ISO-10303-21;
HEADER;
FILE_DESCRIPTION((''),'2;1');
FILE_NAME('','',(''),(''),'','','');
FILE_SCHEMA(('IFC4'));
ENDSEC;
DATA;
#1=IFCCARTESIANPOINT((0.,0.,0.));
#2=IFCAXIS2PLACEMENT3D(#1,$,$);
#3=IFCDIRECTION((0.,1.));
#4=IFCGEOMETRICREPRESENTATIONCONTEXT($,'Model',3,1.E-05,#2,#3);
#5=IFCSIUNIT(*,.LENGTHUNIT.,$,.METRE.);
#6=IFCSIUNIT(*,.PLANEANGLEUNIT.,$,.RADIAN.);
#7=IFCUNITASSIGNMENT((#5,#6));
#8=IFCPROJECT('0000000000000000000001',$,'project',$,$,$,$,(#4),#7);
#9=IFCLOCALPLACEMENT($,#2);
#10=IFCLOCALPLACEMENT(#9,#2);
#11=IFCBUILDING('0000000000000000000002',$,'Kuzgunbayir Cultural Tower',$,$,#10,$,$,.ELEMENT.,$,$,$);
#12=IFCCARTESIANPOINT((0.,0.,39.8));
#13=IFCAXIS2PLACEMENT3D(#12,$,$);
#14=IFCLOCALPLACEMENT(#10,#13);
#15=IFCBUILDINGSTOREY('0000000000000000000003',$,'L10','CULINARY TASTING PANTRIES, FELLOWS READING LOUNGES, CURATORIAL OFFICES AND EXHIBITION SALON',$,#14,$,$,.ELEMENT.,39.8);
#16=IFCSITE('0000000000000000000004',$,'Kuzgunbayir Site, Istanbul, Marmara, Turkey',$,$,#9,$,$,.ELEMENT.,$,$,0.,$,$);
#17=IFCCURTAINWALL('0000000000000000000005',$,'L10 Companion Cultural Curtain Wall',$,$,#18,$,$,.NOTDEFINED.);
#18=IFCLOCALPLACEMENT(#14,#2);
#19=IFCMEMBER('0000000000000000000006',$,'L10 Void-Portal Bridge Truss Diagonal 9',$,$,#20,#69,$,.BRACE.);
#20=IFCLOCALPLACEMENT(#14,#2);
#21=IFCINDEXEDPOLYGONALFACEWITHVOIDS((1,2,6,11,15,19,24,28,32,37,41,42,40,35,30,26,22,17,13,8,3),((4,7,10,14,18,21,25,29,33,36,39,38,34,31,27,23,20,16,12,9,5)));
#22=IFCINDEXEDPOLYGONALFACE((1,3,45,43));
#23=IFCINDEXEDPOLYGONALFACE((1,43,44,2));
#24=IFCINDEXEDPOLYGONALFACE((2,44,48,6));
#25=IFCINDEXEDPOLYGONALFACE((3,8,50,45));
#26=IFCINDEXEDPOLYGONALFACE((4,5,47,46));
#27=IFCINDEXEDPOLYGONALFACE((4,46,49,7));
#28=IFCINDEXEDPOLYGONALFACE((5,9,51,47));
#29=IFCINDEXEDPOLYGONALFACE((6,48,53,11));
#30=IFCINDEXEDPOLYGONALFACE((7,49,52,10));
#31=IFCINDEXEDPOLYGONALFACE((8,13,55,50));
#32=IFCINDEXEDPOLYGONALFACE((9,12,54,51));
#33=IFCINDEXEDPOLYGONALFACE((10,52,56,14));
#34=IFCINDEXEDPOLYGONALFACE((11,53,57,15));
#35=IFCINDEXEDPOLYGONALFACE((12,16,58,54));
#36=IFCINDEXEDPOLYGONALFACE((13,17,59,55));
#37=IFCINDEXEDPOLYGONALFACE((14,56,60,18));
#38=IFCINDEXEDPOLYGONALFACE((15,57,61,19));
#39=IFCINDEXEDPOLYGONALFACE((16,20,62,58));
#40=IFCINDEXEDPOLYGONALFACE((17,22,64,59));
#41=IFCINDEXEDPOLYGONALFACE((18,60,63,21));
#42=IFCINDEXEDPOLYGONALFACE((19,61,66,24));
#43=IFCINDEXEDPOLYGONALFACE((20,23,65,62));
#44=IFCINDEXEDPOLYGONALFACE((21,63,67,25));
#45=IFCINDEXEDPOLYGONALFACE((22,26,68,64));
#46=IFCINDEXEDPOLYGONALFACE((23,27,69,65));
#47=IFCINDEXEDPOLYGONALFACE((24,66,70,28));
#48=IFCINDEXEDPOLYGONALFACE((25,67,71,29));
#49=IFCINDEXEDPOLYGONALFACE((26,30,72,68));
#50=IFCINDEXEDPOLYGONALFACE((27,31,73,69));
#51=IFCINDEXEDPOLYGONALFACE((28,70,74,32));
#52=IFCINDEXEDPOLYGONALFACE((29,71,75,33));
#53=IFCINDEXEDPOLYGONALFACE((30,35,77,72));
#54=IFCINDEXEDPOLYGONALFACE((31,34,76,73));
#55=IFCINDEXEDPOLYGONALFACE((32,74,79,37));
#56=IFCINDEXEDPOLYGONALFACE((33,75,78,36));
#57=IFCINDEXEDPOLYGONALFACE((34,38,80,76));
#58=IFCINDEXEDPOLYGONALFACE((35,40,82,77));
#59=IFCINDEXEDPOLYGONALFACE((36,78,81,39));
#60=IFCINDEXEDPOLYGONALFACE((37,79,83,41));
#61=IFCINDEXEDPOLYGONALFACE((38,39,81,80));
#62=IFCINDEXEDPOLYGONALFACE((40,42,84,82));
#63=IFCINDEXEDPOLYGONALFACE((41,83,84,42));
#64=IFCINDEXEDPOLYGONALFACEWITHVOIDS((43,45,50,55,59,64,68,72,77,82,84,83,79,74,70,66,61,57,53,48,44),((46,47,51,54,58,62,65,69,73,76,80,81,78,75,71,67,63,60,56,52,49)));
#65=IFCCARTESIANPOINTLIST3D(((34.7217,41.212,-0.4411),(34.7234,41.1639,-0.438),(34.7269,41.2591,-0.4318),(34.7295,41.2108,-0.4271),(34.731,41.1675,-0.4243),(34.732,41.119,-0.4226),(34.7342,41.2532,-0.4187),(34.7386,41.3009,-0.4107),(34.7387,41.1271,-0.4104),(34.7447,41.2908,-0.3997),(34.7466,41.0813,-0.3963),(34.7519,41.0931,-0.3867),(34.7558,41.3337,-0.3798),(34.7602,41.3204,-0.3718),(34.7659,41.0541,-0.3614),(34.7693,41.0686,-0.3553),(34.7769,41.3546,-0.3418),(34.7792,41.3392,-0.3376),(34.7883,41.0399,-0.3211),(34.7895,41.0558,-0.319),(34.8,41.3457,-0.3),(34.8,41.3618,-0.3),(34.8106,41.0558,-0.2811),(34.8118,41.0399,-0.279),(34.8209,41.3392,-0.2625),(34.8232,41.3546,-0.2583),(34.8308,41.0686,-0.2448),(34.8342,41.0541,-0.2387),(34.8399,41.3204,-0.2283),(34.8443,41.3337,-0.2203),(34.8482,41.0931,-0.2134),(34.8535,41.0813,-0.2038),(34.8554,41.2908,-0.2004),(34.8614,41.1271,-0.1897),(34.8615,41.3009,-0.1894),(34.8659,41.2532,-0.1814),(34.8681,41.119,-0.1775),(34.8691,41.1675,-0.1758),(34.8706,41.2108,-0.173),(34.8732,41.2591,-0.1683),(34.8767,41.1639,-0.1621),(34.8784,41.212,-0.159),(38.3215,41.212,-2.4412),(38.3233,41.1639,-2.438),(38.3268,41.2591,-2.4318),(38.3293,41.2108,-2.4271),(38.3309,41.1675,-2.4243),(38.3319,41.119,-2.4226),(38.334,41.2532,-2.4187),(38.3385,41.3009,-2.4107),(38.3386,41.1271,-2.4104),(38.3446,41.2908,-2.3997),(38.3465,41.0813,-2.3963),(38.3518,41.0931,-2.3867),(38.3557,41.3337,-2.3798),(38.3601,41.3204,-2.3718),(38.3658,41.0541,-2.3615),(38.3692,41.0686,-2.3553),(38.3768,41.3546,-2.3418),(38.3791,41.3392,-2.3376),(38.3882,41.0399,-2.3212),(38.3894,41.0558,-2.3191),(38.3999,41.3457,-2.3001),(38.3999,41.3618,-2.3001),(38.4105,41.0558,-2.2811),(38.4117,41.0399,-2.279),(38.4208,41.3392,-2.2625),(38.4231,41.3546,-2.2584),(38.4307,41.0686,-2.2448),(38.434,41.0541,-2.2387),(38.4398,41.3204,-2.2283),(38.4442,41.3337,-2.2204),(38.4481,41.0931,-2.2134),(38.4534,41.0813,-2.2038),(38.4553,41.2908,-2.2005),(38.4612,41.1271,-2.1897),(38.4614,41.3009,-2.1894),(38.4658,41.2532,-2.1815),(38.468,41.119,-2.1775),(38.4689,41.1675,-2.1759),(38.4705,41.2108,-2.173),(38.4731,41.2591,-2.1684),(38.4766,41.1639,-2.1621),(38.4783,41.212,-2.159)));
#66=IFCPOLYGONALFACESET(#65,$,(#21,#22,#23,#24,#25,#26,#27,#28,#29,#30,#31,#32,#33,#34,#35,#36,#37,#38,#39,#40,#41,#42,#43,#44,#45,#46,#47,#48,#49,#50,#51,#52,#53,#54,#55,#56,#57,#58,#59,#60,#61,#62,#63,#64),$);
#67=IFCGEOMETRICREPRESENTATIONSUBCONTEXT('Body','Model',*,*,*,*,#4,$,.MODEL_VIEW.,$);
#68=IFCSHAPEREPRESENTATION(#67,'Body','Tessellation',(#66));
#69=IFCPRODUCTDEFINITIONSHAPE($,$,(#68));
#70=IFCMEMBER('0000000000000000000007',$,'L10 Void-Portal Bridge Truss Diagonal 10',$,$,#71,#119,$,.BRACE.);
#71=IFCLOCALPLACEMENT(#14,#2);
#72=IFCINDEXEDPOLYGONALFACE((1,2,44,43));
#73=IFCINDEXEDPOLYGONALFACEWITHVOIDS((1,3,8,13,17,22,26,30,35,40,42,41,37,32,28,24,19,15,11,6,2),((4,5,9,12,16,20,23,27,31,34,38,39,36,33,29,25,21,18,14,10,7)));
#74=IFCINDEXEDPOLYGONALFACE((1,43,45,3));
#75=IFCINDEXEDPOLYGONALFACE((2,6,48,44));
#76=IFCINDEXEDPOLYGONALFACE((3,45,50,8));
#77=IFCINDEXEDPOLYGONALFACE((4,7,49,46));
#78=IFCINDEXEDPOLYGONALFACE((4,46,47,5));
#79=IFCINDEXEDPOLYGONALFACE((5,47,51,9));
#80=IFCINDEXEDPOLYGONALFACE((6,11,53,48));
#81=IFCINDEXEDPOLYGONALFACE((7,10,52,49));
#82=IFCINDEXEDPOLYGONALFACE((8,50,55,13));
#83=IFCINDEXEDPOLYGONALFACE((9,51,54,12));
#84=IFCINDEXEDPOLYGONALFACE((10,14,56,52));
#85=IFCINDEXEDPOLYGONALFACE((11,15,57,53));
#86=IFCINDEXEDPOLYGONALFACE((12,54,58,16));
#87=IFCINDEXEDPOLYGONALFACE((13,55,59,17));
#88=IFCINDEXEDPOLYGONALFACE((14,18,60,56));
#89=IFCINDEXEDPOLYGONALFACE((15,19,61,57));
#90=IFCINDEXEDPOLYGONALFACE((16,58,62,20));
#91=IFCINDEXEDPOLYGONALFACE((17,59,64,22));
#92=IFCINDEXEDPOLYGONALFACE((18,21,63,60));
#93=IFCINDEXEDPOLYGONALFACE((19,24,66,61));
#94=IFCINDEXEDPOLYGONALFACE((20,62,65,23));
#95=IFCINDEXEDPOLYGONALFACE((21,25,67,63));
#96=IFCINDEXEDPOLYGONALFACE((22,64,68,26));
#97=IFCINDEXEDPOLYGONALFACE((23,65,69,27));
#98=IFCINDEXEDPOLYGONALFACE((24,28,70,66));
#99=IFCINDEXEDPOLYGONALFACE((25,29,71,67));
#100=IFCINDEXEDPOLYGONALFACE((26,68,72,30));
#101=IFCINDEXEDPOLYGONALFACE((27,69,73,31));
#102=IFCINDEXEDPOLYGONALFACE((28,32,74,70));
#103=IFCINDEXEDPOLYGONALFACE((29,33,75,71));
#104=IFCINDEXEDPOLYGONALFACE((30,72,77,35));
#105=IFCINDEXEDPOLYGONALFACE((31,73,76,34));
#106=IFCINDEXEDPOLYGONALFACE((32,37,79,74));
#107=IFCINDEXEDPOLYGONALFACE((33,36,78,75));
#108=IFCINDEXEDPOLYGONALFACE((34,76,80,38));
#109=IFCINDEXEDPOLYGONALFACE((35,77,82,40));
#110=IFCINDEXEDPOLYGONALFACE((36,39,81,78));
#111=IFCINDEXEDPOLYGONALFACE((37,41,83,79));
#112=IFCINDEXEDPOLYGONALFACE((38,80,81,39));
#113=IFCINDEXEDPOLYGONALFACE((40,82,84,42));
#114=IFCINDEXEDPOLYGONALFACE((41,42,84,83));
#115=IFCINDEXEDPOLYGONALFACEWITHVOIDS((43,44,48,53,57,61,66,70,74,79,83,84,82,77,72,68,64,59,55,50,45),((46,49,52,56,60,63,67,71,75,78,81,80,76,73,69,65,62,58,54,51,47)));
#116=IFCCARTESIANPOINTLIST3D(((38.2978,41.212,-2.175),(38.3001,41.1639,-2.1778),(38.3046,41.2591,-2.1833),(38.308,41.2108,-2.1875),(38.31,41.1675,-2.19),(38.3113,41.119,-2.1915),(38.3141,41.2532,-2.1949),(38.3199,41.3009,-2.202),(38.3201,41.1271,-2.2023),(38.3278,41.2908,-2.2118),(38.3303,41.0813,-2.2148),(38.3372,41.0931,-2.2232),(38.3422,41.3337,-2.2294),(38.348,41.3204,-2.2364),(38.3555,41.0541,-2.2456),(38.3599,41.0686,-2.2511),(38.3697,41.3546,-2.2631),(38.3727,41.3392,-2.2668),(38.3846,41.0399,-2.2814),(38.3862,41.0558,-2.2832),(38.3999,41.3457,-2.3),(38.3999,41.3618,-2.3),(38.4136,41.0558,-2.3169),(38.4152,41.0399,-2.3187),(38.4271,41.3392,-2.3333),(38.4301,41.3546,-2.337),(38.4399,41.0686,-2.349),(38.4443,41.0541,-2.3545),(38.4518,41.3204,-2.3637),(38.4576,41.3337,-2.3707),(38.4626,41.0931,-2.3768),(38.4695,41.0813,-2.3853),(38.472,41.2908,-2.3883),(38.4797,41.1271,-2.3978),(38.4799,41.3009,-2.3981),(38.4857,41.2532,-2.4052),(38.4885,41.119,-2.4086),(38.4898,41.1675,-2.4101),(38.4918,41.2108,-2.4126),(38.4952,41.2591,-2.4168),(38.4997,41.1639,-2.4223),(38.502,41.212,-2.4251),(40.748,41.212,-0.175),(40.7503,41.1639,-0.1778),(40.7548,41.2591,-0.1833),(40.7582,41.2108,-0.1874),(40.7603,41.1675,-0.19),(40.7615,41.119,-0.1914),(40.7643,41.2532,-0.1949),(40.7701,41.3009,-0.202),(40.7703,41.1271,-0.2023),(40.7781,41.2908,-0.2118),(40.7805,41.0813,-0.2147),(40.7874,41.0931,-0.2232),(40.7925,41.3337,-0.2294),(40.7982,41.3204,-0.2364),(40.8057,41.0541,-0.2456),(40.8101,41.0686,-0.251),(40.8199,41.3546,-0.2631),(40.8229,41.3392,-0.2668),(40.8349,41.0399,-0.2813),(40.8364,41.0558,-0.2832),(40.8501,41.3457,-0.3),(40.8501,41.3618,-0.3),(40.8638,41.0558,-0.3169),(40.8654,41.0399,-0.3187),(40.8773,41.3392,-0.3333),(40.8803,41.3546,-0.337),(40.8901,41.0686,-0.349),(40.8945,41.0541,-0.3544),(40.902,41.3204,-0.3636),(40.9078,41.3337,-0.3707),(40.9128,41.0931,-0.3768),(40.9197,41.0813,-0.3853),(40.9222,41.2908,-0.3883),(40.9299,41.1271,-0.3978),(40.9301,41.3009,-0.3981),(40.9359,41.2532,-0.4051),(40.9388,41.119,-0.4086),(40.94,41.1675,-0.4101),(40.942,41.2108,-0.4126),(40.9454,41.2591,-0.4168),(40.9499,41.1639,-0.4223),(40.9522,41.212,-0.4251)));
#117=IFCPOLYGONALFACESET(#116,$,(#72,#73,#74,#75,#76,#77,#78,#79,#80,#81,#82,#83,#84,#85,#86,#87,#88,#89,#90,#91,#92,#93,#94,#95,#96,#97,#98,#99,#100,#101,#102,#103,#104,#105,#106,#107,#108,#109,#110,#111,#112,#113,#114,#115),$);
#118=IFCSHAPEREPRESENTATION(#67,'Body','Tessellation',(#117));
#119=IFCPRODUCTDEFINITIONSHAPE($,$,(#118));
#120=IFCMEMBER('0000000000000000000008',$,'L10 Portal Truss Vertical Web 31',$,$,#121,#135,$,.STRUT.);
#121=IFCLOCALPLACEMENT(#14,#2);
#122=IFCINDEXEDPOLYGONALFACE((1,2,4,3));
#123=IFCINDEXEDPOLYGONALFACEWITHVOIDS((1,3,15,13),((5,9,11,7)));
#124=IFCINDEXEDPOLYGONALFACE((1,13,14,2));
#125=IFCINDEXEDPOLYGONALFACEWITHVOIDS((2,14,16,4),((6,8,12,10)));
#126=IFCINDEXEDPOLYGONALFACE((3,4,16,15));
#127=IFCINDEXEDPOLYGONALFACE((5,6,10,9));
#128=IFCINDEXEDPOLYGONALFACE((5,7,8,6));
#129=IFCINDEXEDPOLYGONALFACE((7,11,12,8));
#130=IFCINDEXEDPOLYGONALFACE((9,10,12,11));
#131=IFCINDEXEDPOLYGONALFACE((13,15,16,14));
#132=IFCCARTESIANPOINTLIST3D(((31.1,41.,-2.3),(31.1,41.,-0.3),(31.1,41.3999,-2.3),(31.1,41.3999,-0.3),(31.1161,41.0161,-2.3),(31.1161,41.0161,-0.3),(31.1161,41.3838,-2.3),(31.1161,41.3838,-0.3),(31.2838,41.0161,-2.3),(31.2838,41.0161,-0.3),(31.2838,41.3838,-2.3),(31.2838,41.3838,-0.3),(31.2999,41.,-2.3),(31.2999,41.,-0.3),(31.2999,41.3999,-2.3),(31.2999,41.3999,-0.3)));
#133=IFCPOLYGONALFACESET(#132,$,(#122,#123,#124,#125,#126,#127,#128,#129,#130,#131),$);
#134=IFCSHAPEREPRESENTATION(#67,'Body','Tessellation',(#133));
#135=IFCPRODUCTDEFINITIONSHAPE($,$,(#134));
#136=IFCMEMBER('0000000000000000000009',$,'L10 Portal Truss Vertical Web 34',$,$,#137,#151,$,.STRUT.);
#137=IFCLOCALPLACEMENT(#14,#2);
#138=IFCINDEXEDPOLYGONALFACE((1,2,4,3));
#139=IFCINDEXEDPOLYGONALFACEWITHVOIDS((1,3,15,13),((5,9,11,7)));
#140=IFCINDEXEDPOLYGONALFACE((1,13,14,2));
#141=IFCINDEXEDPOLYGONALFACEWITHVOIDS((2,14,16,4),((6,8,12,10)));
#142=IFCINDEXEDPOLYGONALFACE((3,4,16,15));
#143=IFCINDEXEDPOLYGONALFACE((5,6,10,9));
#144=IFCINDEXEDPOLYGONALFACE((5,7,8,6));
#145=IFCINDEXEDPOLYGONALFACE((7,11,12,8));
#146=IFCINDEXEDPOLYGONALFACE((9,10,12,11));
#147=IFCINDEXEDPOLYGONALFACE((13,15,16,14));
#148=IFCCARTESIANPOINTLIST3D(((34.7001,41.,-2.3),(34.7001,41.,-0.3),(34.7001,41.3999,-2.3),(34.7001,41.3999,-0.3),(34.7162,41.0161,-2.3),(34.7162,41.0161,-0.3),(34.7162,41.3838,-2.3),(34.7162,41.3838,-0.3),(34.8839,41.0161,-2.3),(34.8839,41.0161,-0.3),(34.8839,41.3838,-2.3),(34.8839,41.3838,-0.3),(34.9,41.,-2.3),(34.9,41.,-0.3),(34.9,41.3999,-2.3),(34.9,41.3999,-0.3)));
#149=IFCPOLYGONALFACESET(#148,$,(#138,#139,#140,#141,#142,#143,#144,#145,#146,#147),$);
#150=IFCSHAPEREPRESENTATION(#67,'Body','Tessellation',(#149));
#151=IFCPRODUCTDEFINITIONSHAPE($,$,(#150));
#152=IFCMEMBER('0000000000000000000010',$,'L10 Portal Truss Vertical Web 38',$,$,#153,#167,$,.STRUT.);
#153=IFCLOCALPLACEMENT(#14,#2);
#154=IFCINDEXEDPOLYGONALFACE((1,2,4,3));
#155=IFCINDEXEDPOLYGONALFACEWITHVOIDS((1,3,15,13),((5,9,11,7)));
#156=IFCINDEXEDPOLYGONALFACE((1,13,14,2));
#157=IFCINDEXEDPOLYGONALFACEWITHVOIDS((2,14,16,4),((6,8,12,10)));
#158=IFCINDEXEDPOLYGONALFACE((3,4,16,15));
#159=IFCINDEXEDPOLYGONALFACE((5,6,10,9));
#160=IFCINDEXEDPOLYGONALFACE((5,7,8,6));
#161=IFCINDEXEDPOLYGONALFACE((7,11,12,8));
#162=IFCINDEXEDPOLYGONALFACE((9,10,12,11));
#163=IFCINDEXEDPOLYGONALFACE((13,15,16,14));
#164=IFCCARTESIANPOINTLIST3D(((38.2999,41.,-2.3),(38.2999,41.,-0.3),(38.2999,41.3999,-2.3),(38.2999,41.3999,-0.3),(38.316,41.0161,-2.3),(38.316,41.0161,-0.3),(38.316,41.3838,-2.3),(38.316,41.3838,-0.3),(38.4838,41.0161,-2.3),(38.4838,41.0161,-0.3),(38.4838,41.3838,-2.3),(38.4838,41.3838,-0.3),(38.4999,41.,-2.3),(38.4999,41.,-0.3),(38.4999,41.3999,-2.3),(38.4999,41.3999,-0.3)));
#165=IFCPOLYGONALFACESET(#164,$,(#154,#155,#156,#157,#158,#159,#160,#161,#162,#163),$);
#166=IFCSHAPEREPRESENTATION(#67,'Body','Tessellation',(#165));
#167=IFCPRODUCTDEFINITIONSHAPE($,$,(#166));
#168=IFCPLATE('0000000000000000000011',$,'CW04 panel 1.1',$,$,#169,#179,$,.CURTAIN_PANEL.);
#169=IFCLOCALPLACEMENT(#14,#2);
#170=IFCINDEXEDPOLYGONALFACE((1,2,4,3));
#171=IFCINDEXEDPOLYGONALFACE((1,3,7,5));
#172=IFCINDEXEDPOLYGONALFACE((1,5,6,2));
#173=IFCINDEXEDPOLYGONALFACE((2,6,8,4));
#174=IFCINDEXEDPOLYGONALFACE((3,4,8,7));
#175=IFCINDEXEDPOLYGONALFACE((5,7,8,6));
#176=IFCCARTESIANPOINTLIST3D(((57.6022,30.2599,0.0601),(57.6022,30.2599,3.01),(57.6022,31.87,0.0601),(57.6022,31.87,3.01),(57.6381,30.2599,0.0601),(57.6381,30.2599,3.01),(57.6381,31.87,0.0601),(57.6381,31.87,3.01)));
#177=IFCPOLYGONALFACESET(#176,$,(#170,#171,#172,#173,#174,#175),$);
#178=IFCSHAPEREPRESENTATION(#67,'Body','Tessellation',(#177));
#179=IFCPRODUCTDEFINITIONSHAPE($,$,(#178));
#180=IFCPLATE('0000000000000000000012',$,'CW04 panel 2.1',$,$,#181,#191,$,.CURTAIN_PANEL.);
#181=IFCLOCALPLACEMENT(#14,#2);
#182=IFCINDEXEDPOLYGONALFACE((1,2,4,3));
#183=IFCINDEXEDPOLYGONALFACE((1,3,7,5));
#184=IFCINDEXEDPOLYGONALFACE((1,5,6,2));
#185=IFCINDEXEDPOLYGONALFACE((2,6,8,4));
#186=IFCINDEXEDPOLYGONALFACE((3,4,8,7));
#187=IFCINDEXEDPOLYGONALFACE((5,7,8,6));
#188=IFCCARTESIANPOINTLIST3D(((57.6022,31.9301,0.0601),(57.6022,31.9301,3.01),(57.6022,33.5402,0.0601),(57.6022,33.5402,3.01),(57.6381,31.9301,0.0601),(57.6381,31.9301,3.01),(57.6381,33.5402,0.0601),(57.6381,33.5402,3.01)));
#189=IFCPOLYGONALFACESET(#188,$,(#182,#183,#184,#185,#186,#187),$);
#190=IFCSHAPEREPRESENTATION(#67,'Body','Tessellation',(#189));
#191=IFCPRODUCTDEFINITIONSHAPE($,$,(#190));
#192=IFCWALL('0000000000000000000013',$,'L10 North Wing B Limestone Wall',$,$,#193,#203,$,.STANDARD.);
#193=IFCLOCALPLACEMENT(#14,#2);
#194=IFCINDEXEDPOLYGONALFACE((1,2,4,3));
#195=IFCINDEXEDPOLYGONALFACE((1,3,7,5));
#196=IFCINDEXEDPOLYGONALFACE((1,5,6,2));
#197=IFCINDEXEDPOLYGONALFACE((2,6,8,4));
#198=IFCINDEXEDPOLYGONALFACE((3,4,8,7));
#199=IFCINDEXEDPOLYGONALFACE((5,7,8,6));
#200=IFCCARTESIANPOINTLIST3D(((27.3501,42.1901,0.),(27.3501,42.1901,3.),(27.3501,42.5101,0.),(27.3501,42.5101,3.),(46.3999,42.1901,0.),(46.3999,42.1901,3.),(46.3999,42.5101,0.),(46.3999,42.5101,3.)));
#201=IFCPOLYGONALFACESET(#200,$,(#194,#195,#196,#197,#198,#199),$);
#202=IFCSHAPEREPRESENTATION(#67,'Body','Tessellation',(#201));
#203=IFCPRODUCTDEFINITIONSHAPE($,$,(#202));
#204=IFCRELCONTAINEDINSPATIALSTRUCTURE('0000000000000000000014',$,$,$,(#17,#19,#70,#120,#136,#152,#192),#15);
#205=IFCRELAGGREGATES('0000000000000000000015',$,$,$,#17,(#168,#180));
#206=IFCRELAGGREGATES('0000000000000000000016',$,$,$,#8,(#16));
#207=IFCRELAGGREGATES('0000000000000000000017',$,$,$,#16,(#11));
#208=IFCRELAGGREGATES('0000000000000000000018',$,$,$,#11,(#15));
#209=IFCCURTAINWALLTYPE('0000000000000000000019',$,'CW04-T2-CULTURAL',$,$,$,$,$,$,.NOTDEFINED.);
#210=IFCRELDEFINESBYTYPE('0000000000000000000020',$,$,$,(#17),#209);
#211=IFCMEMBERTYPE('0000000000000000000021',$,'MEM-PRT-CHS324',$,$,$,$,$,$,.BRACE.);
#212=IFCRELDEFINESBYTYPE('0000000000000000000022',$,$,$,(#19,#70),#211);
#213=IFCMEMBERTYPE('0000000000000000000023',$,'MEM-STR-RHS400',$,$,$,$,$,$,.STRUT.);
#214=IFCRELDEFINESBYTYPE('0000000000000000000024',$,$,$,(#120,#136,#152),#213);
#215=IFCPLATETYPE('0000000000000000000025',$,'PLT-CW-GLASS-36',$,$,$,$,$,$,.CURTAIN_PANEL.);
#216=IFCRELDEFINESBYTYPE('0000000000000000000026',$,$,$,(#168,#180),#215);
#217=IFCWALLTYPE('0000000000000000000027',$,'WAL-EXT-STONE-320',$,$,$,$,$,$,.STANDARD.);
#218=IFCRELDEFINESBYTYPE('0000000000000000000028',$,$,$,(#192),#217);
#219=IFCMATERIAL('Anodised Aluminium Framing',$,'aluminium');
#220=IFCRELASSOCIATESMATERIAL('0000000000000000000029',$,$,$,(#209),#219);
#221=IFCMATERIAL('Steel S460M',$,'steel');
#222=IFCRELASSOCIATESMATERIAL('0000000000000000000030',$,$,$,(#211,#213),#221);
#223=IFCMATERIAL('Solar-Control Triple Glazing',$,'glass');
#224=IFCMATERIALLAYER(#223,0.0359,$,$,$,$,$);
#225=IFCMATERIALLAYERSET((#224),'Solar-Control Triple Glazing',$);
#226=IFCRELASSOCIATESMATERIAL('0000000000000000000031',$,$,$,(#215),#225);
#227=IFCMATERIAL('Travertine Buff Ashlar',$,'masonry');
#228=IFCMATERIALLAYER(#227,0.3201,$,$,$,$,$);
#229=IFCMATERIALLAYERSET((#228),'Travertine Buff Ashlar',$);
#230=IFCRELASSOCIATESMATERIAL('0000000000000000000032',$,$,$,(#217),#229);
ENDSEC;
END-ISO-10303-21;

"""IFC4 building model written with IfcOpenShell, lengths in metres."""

from ifc_helpers import new_model, si_unit, direction, frame, frame_2d, origin, origin_2d, place, context, subcontext, project, spatial, rectangle, hollow_rectangle, hollow_circle, extrude, material, layer, layer_set, material_profile, profile_set, type_object, element, aggregate, save


model = new_model("IFC4")

# Units and contexts
model_context = context("Model", 3, precision=1e-05, world=origin(), true_north=direction((0.0, 1.0)))
body_context = subcontext(model_context, "Body", "Model", "MODEL_VIEW")
ifc_project = project(units=[si_unit("LENGTHUNIT", "METRE"), si_unit("PLANEANGLEUNIT", "RADIAN")], contexts=[model_context])

# Site, building, storey
site_placement = place(None, origin())
site = spatial("IfcSite", under=ifc_project, at=site_placement, Name="Kuzgunbayir Site, Istanbul, Marmara, Turkey", CompositionType="ELEMENT", RefElevation=0.0)
building_placement = place(site_placement, origin())
building = spatial("IfcBuilding", under=site, at=building_placement, Name="Kuzgunbayir Cultural Tower", CompositionType="ELEMENT")
storey_placement = place(building_placement, frame((0.0, 0.0, 39.8)))
storey = spatial("IfcBuildingStorey", under=building, at=storey_placement, Name="L10", Description="CULINARY TASTING PANTRIES, FELLOWS READING LOUNGES, CURATORIAL OFFICES AND EXHIBITION SALON", CompositionType="ELEMENT", Elevation=39.8)

# Shared definitions
ifc_material_1 = material(Name="Steel S460M", Category="steel")

# Curtain wall
ifc_material_2 = material(Name="Anodised Aluminium Framing", Category="aluminium")
curtain_wall_type = type_object("IfcCurtainWallType", Name="CW04-T2-CULTURAL", PredefinedType="NOTDEFINED", material=ifc_material_2)
curtain_wall_placement = place(storey_placement, origin())
curtain_wall = element("IfcCurtainWall", 1, at=curtain_wall_placement, inside=storey, type_object=curtain_wall_type, Name="L10 Companion Cultural Curtain Wall", PredefinedType="NOTDEFINED")

# Members
ifc_material_profile_1 = material_profile(ifc_material_1, hollow_circle(Radius=0.1619, WallThickness=0.0161, at=origin_2d()), Name="CHS 323.9x16")
ifc_profile_set_1 = profile_set([ifc_material_profile_1], Name="Steel S460M")
member_type_1 = type_object("IfcMemberType", Name="MEM-PRT-CHS324", PredefinedType="BRACE", material=ifc_profile_set_1)
member_1_placement = place(storey_placement, frame((34.8, 41.2, -0.3), z_axis=(0.874149, 0.0, -0.485658), x_axis=(0.0, 1.0, 0.0)))
element("IfcMember", 2, at=member_1_placement, inside=storey, type_object=member_type_1, Name="L10 Void-Portal Bridge Truss Diagonal 9", PredefinedType="BRACE", context=body_context, shape_type="SweptSolid", body=[
    extrude(hollow_circle(Radius=0.1619, WallThickness=0.0161, at=origin_2d()), origin(), (0.0, 0.0, 1.0), 4.1182),
])
member_2_placement = place(storey_placement, frame((38.3999, 41.2, -2.3), z_axis=(0.774686, 0.0, 0.632346), x_axis=(0.0, 1.0, 0.0)))
element("IfcMember", 3, at=member_2_placement, inside=storey, type_object=member_type_1, Name="L10 Void-Portal Bridge Truss Diagonal 10", PredefinedType="BRACE", context=body_context, shape_type="SweptSolid", body=[
    extrude(hollow_circle(Radius=0.1619, WallThickness=0.0161, at=origin_2d()), origin(), (0.0, 0.0, 1.0), 3.1628),
])
ifc_material_profile_2 = material_profile(ifc_material_1, hollow_rectangle(XDim=0.2, YDim=0.3999, WallThickness=0.0161, at=origin_2d()), Name="RHS 400x200x16")
ifc_profile_set_2 = profile_set([ifc_material_profile_2], Name="Steel S460M")
member_type_2 = type_object("IfcMemberType", Name="MEM-STR-RHS400", PredefinedType="STRUT", material=ifc_profile_set_2)
for number, where, z_axis, x_axis, name in (
    (4, (31.2, 41.2, -2.3), (0.0, 0.0, 1.0), (1.0, 0.0, 0.0), "L10 Portal Truss Vertical Web 31"),
    (5, (34.8, 41.2, -2.3), (0.0, 0.0, 1.0), (1.0, 0.0, 0.0), "L10 Portal Truss Vertical Web 34"),
    (6, (38.3999, 41.2, -2.3), (0.0, 0.0, 1.0), (1.0, 0.0, 0.0), "L10 Portal Truss Vertical Web 38"),
):
    element("IfcMember", number, at=place(storey_placement, frame(where, z_axis=z_axis, x_axis=x_axis)), inside=storey, type_object=member_type_2, Name=name, PredefinedType="STRUT", context=body_context, shape_type="SweptSolid", body=[
        extrude(hollow_rectangle(XDim=0.2, YDim=0.3999, WallThickness=0.0161, at=origin_2d()), origin(), (0.0, 0.0, 1.0), 2.0),
    ])

# Plates
ifc_material_3 = material(Name="Solar-Control Triple Glazing", Category="glass")
ifc_layer_1 = layer(ifc_material_3, 0.0359)
ifc_layer_set_1 = layer_set([ifc_layer_1], Name="Solar-Control Triple Glazing")
plate_type = type_object("IfcPlateType", Name="PLT-CW-GLASS-36", PredefinedType="CURTAIN_PANEL", material=ifc_layer_set_1)
plate_1_placement = place(storey_placement, frame((57.6201, 31.0649, 0.0601), z_axis=(0.0, 0.0, 1.0), x_axis=(0.0, 1.0, 0.0)))
plate_1 = element("IfcPlate", 7, at=plate_1_placement, type_object=plate_type, Name="CW04 panel 1.1", PredefinedType="CURTAIN_PANEL", context=body_context, shape_type="SweptSolid", body=[
    extrude(rectangle(XDim=1.6101, YDim=0.0359, at=origin_2d()), origin(), (0.0, 0.0, 1.0), 2.95),
])
plate_2_placement = place(storey_placement, frame((57.6201, 32.7351, 0.0601), z_axis=(0.0, 0.0, 1.0), x_axis=(0.0, 1.0, 0.0)))
plate_2 = element("IfcPlate", 8, at=plate_2_placement, type_object=plate_type, Name="CW04 panel 2.1", PredefinedType="CURTAIN_PANEL", context=body_context, shape_type="SweptSolid", body=[
    extrude(rectangle(XDim=1.6101, YDim=0.0359, at=origin_2d()), origin(), (0.0, 0.0, 1.0), 2.95),
])
aggregate(curtain_wall, [plate_1, plate_2])

# Wall
ifc_material_4 = material(Name="Travertine Buff Ashlar", Category="masonry")
ifc_layer_2 = layer(ifc_material_4, 0.3201)
ifc_layer_set_2 = layer_set([ifc_layer_2], Name="Travertine Buff Ashlar")
wall_type_1 = type_object("IfcWallType", Name="WAL-EXT-STONE-320", PredefinedType="STANDARD", material=ifc_layer_set_2)
wall_1_placement = place(storey_placement, frame((46.3999, 42.3501, 0.0), z_axis=(0.0, 0.0, 1.0), x_axis=(-1.0, 0.0, 0.0)))
element("IfcWall", 9, at=wall_1_placement, inside=storey, type_object=wall_type_1, Name="L10 North Wing B Limestone Wall", PredefinedType="STANDARD", context=body_context, shape_type="SweptSolid", body=[
    extrude(rectangle(XDim=19.0498, YDim=0.3201, at=frame_2d((9.5249, 0.0))), origin(), (0.0, 0.0, 1.0), 3.0),
])

save(model, "model.ifc")
